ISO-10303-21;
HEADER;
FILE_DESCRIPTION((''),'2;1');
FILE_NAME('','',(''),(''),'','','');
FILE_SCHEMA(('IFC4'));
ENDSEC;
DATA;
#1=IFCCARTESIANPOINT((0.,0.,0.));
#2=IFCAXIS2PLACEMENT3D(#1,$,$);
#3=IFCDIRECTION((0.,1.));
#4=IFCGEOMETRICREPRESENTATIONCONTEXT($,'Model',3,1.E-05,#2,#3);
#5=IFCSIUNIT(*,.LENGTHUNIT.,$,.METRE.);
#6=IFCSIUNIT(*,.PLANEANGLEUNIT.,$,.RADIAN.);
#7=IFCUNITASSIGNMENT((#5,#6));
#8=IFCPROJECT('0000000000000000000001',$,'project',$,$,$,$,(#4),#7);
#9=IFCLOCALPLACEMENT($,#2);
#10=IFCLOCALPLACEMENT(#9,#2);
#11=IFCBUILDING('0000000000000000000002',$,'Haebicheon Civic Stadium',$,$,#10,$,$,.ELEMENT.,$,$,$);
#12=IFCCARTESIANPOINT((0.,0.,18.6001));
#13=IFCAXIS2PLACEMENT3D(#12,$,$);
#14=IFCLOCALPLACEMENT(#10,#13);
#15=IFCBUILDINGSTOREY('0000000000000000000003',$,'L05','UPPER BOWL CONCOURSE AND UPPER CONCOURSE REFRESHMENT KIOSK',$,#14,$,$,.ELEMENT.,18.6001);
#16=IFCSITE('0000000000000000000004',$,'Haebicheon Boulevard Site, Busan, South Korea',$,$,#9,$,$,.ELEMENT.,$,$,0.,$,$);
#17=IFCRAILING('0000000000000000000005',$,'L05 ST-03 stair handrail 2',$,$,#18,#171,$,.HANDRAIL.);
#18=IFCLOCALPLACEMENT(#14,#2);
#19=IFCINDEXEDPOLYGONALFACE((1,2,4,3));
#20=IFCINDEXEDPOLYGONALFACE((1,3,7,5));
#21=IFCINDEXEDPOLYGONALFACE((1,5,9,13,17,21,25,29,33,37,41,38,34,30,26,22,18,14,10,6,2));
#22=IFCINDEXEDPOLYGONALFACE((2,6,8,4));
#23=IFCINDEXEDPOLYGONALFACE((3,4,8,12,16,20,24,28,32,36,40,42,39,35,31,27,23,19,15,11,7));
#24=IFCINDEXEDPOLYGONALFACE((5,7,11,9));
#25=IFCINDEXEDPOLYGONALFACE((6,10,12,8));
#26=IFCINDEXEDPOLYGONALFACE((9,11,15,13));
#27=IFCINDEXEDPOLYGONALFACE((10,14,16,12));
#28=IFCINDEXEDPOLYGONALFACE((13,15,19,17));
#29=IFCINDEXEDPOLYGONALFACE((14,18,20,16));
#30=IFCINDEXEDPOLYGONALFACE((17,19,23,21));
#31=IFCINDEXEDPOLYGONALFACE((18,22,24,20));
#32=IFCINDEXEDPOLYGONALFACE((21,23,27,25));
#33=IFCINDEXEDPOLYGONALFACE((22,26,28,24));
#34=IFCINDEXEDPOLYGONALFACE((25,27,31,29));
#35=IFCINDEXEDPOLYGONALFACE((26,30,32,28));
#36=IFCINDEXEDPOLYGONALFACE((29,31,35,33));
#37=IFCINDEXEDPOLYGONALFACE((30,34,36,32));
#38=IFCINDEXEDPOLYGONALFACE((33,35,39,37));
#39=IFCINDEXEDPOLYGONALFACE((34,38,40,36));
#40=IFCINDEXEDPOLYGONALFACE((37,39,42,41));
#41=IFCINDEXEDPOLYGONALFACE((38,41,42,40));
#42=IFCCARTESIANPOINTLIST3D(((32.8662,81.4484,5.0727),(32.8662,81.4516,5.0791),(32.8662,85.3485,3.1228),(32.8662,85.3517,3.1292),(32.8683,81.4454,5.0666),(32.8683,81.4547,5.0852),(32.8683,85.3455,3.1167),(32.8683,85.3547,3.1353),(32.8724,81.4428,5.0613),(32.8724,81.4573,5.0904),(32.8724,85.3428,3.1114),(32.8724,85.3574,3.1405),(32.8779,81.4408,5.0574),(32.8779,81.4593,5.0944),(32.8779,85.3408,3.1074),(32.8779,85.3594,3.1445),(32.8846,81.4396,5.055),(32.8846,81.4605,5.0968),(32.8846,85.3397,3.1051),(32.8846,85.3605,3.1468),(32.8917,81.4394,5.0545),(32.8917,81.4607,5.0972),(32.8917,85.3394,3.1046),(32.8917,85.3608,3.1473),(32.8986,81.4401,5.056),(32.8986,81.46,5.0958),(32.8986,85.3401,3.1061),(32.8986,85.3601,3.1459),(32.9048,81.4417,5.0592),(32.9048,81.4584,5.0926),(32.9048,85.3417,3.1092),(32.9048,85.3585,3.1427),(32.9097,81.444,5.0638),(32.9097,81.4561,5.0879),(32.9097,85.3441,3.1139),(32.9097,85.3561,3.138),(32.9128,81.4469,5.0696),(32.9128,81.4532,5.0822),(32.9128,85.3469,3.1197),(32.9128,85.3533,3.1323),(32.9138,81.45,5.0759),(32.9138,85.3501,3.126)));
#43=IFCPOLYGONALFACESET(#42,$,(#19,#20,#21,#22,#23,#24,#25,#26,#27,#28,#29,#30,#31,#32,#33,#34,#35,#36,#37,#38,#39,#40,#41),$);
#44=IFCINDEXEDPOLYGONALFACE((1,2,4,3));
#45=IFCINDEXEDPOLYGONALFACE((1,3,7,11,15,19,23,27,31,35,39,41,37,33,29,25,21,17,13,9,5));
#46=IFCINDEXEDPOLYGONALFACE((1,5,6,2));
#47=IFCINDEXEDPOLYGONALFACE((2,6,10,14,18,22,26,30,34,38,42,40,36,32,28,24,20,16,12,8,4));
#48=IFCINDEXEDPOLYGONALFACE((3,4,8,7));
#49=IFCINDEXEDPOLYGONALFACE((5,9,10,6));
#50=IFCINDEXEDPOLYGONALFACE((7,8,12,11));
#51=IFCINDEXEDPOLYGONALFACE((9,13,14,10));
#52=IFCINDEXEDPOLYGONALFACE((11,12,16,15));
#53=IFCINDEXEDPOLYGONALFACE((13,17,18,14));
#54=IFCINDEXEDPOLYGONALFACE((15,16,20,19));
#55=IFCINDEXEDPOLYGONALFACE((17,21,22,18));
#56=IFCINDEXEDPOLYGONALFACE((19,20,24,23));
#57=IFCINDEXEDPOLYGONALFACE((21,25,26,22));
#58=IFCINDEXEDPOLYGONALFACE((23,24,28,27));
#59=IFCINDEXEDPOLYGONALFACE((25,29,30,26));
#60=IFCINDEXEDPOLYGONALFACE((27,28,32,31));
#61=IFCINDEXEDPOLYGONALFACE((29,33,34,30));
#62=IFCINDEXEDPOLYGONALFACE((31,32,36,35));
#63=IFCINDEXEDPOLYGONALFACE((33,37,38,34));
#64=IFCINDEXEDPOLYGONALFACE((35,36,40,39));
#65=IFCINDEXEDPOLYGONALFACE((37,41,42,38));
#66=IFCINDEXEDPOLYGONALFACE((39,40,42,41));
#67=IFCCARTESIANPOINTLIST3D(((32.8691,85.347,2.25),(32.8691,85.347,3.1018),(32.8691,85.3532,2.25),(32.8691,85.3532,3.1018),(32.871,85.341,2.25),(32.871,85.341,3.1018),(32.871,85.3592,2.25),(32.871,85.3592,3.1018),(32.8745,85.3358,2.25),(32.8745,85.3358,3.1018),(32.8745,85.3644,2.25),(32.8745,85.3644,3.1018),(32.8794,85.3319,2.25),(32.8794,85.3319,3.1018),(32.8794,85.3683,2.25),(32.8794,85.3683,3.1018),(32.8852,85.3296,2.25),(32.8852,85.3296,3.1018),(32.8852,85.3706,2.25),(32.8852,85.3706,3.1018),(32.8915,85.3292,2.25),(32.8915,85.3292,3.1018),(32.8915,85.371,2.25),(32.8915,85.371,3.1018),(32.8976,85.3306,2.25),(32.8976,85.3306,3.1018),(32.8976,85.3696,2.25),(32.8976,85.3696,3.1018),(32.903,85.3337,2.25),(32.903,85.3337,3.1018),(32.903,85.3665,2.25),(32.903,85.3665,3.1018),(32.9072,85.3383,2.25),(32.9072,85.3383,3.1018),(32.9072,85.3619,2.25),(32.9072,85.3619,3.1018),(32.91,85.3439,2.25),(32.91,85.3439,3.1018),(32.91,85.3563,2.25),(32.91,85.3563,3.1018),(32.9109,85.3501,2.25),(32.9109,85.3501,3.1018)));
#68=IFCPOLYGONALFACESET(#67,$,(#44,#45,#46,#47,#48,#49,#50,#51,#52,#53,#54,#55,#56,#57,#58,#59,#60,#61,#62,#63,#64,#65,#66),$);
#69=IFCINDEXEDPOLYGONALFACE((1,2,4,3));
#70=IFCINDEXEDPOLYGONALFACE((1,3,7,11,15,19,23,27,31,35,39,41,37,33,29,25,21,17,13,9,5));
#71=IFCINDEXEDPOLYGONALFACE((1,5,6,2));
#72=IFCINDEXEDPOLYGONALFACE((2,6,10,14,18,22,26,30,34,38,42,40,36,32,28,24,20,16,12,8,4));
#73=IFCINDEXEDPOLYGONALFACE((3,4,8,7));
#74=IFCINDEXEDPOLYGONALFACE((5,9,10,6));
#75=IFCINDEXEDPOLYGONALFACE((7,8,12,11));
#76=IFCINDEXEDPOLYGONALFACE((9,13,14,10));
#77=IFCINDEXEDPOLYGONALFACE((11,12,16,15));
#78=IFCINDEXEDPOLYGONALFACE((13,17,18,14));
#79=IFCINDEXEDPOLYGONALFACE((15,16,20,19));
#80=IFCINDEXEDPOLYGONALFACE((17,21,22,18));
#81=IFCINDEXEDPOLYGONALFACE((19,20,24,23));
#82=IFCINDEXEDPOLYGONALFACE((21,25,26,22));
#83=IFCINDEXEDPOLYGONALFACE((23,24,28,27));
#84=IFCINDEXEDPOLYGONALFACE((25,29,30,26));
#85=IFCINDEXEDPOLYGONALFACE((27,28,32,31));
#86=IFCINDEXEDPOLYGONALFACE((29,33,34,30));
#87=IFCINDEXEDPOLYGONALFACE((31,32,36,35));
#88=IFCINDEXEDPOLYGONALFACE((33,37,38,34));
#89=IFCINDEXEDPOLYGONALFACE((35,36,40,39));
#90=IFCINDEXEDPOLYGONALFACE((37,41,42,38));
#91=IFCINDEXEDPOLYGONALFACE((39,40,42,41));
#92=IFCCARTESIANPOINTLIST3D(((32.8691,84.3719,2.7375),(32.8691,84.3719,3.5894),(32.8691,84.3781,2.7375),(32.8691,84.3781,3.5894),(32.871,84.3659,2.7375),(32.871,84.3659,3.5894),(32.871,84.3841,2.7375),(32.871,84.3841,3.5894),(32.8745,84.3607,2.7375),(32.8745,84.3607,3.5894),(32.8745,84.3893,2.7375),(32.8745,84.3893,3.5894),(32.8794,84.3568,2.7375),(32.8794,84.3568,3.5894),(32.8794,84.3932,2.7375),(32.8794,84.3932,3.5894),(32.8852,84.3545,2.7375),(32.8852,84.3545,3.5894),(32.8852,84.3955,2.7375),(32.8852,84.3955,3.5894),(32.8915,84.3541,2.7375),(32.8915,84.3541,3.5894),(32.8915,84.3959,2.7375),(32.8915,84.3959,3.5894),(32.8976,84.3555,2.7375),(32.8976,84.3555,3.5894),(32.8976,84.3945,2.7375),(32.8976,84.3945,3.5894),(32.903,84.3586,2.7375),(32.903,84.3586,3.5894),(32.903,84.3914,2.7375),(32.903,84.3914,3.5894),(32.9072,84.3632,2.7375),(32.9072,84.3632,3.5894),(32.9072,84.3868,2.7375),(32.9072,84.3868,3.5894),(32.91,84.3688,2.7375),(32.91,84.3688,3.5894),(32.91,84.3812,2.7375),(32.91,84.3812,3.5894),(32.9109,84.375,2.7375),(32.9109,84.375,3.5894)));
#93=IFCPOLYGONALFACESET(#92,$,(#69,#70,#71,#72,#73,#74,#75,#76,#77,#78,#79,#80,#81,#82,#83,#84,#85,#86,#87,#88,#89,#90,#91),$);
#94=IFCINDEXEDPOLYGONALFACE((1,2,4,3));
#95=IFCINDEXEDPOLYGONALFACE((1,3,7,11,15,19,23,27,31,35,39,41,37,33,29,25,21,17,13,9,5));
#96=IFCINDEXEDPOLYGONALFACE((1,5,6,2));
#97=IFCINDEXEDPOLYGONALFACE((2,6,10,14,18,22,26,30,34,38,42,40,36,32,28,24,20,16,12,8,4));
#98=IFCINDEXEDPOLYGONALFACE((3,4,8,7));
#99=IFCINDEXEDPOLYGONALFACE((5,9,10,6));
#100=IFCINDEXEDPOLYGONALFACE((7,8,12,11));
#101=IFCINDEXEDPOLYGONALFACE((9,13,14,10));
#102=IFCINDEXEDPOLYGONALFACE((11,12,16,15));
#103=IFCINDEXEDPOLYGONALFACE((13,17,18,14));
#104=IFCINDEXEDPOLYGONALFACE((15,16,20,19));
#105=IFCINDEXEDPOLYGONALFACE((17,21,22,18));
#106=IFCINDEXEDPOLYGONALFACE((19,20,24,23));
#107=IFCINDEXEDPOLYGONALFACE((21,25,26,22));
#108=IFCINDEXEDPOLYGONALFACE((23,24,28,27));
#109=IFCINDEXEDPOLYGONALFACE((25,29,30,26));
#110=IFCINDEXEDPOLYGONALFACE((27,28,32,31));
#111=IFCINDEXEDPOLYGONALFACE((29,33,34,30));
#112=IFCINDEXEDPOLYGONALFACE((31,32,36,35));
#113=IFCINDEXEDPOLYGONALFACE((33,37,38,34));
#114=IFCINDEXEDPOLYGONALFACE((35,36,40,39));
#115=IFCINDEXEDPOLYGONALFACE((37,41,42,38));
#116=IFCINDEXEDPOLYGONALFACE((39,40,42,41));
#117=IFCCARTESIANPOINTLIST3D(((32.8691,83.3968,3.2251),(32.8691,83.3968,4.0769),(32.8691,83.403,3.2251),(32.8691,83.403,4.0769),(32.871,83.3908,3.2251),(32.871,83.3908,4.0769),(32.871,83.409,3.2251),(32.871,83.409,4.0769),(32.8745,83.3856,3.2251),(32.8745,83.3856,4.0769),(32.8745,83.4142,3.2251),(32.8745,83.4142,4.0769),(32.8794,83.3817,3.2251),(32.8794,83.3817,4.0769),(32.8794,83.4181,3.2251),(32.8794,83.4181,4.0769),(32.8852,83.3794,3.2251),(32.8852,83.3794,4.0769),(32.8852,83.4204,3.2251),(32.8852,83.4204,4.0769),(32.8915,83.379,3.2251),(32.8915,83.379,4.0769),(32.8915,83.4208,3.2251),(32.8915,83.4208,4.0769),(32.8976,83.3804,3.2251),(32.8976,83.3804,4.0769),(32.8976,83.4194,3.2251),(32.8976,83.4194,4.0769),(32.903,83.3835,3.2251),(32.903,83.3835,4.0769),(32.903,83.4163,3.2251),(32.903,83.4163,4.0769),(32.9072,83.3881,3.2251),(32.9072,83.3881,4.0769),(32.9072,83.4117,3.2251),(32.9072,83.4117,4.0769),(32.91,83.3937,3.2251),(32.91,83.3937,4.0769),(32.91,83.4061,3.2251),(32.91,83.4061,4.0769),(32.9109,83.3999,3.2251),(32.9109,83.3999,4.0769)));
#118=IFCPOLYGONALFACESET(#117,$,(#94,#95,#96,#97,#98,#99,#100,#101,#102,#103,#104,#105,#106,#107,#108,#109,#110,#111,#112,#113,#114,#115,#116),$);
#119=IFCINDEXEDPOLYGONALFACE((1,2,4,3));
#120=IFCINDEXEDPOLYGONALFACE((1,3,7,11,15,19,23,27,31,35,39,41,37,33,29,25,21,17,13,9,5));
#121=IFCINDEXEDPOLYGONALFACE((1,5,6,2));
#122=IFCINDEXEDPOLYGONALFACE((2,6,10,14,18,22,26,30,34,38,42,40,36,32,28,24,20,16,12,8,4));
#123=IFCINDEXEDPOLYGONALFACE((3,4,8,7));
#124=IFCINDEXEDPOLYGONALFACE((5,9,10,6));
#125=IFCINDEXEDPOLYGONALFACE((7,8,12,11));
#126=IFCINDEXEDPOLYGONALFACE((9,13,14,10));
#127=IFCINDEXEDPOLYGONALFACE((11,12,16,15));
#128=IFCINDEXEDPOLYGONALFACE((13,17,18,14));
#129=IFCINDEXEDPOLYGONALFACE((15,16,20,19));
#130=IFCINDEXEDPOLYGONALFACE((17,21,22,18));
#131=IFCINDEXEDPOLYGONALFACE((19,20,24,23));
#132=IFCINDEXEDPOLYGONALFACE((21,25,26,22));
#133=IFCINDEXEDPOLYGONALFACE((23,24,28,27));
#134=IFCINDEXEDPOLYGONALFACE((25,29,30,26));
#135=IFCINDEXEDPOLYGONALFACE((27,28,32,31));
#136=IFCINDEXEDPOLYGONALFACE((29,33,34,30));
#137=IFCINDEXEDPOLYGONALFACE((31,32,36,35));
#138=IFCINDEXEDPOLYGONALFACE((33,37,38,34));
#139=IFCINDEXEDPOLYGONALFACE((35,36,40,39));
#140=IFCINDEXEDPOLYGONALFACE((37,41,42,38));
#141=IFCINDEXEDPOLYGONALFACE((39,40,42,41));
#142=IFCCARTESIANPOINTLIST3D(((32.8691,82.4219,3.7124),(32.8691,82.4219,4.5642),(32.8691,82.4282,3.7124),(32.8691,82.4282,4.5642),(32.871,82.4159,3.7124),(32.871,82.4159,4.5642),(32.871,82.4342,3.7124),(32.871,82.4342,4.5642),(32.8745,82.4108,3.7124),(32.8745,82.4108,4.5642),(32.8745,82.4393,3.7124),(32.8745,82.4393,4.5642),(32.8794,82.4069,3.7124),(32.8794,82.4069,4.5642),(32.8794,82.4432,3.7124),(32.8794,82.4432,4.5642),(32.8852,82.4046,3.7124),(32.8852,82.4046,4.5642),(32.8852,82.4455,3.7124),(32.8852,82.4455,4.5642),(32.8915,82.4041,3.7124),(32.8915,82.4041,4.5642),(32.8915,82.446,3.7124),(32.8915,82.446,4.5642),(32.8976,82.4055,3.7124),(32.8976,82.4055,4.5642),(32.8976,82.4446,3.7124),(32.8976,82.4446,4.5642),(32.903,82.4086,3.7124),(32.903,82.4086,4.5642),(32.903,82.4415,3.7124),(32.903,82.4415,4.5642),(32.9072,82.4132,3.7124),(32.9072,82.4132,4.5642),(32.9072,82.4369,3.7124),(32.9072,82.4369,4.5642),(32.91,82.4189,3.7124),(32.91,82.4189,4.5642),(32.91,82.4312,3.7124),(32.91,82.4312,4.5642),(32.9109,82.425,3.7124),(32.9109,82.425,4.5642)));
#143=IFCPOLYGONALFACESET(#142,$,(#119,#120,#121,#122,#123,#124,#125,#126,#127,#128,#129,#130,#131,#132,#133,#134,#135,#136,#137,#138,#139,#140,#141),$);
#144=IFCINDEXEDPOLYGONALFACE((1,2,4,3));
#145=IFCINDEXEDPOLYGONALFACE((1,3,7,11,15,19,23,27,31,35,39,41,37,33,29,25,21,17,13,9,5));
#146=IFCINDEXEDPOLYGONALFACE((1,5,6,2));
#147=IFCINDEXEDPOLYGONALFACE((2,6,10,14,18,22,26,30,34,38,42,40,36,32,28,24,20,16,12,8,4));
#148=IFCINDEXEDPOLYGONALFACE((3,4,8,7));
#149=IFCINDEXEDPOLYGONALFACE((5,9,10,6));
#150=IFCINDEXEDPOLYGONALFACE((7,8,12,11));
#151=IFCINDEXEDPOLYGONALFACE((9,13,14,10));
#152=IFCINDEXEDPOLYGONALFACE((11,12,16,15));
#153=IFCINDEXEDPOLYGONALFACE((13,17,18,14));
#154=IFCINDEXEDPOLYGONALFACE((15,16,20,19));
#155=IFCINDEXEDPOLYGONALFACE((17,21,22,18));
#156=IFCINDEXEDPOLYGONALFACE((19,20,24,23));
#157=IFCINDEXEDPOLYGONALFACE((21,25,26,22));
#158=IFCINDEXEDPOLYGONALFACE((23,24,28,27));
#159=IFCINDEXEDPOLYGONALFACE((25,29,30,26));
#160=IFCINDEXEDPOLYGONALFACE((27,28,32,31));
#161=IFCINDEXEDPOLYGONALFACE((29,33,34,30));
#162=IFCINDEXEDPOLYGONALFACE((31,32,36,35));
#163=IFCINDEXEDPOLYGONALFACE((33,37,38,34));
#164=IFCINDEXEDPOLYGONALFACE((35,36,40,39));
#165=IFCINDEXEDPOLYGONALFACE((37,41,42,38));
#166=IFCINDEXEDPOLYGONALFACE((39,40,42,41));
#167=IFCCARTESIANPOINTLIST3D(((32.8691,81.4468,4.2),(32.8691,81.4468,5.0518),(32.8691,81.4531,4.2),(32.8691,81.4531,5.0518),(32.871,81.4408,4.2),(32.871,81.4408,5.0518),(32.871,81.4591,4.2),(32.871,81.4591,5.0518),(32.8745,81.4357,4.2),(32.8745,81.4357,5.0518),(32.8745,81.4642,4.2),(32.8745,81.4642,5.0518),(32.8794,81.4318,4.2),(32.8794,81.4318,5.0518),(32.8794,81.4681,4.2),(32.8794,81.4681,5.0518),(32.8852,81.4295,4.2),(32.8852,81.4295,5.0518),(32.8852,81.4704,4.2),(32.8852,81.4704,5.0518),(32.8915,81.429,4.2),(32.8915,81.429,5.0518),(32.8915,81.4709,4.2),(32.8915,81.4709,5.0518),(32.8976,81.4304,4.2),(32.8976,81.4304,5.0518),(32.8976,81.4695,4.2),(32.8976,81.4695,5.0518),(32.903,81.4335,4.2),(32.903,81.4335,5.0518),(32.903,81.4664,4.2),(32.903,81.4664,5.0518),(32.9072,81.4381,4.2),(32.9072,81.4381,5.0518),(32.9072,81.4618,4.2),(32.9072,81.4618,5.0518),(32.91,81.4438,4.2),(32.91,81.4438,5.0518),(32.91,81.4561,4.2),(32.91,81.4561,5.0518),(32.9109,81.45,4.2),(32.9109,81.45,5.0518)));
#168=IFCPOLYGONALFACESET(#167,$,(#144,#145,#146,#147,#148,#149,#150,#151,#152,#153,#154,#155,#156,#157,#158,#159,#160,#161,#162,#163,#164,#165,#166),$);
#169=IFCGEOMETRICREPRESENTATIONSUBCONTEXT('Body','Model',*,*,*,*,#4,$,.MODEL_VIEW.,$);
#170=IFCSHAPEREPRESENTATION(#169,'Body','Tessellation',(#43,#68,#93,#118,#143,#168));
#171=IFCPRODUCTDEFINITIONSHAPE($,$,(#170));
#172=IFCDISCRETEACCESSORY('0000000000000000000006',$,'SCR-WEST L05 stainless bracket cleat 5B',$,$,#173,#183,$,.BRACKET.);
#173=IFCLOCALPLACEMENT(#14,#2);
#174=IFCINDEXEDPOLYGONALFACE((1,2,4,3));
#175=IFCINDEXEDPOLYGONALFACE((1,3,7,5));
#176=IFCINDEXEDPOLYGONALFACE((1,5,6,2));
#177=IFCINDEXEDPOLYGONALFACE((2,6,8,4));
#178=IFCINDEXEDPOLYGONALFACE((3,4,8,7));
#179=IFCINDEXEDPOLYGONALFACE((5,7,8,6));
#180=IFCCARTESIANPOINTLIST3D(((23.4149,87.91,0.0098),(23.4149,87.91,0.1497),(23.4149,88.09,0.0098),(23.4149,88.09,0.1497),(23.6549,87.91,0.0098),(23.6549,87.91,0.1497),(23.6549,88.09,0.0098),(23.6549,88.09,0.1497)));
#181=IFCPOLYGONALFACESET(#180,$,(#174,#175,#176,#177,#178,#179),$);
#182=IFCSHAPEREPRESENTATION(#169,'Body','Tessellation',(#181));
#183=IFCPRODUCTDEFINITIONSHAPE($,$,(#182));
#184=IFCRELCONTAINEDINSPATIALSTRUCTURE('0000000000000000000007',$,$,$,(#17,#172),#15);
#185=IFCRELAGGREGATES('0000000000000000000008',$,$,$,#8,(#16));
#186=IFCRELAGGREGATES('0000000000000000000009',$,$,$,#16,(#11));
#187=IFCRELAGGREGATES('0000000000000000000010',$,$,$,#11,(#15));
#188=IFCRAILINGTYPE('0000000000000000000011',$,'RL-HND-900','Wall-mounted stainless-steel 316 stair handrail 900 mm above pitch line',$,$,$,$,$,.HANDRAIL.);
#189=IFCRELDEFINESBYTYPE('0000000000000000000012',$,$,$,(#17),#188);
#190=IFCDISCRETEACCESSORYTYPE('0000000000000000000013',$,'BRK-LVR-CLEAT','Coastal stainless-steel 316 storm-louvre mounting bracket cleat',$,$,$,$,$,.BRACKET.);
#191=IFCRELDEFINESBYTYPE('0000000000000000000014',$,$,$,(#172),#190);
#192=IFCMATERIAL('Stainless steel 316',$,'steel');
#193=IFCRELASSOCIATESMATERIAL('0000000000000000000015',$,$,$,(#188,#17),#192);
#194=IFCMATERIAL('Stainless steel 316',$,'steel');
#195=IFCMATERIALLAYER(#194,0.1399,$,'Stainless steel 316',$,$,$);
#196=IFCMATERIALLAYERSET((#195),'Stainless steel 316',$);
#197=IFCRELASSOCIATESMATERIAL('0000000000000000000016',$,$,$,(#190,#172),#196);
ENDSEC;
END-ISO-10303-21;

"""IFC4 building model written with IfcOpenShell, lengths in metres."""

from ifc_helpers import new_model, si_unit, direction, frame, origin, origin_2d, place, context, subcontext, project, spatial, rectangle, circle, extrude, material, layer, layer_set, type_object, element, save


model = new_model("IFC4")

# Units and contexts
model_context = context("Model", 3, precision=1e-05, world=origin(), true_north=direction((0.0, 1.0)))
body_context = subcontext(model_context, "Body", "Model", "MODEL_VIEW")
ifc_project = project(units=[si_unit("LENGTHUNIT", "METRE"), si_unit("PLANEANGLEUNIT", "RADIAN")], contexts=[model_context])

# Site, building, storey
site_placement = place(None, origin())
site = spatial("IfcSite", under=ifc_project, at=site_placement, Name="Haebicheon Boulevard Site, Busan, South Korea", CompositionType="ELEMENT", RefElevation=0.0)
building_placement = place(site_placement, origin())
building = spatial("IfcBuilding", under=site, at=building_placement, Name="Haebicheon Civic Stadium", CompositionType="ELEMENT")
storey_placement = place(building_placement, frame((0.0, 0.0, 18.6001)))
storey = spatial("IfcBuildingStorey", under=building, at=storey_placement, Name="L05", Description="UPPER BOWL CONCOURSE AND UPPER CONCOURSE REFRESHMENT KIOSK", CompositionType="ELEMENT", Elevation=18.6001)

# Railing
ifc_material_1 = material(Name="Stainless steel 316", Category="steel")
railing_type_1 = type_object("IfcRailingType", Name="RL-HND-900", Description="Wall-mounted stainless-steel 316 stair handrail 900 mm above pitch line", PredefinedType="HANDRAIL", material=ifc_material_1)
railing_1_placement = place(storey_placement, frame((32.8899, 85.3501, 2.25)))
element("IfcRailing", 1, at=railing_1_placement, inside=storey, type_object=railing_type_1, material=ifc_material_1, Name="L05 ST-03 stair handrail 2", PredefinedType="HANDRAIL", context=body_context, shape_type="SweptSolid", body=[
    extrude(circle(Radius=0.0239, at=origin_2d()), frame((0.0, 0.0, 0.876), z_axis=(0.0, -0.894438, 0.447191), x_axis=(1.0, 0.0, 0.0)), (0.0, 0.0, 1.0), 4.3604),
    extrude(circle(Radius=0.021, at=origin_2d()), origin(), (0.0, 0.0, 1.0), 0.8518),
    extrude(circle(Radius=0.021, at=origin_2d()), frame((0.0, -0.9751, 0.4875)), (0.0, 0.0, 1.0), 0.8518),
    extrude(circle(Radius=0.021, at=origin_2d()), frame((0.0, -1.9502, 0.9751)), (0.0, 0.0, 1.0), 0.8518),
    extrude(circle(Radius=0.021, at=origin_2d()), frame((0.0, -2.925, 1.4624)), (0.0, 0.0, 1.0), 0.8518),
    extrude(circle(Radius=0.021, at=origin_2d()), frame((0.0, -3.9001, 1.95)), (0.0, 0.0, 1.0), 0.8518),
])

# Discrete accessory
ifc_material_2 = material(Name="Stainless steel 316", Category="steel")
ifc_layer = layer(ifc_material_2, 0.1399, Name="Stainless steel 316")
ifc_layer_set = layer_set([ifc_layer], Name="Stainless steel 316")
discrete_accessory_type = type_object("IfcDiscreteAccessoryType", Name="BRK-LVR-CLEAT", Description="Coastal stainless-steel 316 storm-louvre mounting bracket cleat", PredefinedType="BRACKET", material=ifc_layer_set)
discrete_accessory_placement = place(storey_placement, frame((23.5349, 88.0, 0.0098), z_axis=(0.0, 0.0, 1.0), x_axis=(1.0, 0.0, 0.0)))
element("IfcDiscreteAccessory", 2, at=discrete_accessory_placement, inside=storey, type_object=discrete_accessory_type, material=ifc_layer_set, Name="SCR-WEST L05 stainless bracket cleat 5B", PredefinedType="BRACKET", context=body_context, shape_type="SweptSolid", body=[
    extrude(rectangle(XDim=0.24, YDim=0.1799, at=origin_2d()), origin(), (0.0, 0.0, 1.0), 0.1399),
])

save(model, "model.ifc")
